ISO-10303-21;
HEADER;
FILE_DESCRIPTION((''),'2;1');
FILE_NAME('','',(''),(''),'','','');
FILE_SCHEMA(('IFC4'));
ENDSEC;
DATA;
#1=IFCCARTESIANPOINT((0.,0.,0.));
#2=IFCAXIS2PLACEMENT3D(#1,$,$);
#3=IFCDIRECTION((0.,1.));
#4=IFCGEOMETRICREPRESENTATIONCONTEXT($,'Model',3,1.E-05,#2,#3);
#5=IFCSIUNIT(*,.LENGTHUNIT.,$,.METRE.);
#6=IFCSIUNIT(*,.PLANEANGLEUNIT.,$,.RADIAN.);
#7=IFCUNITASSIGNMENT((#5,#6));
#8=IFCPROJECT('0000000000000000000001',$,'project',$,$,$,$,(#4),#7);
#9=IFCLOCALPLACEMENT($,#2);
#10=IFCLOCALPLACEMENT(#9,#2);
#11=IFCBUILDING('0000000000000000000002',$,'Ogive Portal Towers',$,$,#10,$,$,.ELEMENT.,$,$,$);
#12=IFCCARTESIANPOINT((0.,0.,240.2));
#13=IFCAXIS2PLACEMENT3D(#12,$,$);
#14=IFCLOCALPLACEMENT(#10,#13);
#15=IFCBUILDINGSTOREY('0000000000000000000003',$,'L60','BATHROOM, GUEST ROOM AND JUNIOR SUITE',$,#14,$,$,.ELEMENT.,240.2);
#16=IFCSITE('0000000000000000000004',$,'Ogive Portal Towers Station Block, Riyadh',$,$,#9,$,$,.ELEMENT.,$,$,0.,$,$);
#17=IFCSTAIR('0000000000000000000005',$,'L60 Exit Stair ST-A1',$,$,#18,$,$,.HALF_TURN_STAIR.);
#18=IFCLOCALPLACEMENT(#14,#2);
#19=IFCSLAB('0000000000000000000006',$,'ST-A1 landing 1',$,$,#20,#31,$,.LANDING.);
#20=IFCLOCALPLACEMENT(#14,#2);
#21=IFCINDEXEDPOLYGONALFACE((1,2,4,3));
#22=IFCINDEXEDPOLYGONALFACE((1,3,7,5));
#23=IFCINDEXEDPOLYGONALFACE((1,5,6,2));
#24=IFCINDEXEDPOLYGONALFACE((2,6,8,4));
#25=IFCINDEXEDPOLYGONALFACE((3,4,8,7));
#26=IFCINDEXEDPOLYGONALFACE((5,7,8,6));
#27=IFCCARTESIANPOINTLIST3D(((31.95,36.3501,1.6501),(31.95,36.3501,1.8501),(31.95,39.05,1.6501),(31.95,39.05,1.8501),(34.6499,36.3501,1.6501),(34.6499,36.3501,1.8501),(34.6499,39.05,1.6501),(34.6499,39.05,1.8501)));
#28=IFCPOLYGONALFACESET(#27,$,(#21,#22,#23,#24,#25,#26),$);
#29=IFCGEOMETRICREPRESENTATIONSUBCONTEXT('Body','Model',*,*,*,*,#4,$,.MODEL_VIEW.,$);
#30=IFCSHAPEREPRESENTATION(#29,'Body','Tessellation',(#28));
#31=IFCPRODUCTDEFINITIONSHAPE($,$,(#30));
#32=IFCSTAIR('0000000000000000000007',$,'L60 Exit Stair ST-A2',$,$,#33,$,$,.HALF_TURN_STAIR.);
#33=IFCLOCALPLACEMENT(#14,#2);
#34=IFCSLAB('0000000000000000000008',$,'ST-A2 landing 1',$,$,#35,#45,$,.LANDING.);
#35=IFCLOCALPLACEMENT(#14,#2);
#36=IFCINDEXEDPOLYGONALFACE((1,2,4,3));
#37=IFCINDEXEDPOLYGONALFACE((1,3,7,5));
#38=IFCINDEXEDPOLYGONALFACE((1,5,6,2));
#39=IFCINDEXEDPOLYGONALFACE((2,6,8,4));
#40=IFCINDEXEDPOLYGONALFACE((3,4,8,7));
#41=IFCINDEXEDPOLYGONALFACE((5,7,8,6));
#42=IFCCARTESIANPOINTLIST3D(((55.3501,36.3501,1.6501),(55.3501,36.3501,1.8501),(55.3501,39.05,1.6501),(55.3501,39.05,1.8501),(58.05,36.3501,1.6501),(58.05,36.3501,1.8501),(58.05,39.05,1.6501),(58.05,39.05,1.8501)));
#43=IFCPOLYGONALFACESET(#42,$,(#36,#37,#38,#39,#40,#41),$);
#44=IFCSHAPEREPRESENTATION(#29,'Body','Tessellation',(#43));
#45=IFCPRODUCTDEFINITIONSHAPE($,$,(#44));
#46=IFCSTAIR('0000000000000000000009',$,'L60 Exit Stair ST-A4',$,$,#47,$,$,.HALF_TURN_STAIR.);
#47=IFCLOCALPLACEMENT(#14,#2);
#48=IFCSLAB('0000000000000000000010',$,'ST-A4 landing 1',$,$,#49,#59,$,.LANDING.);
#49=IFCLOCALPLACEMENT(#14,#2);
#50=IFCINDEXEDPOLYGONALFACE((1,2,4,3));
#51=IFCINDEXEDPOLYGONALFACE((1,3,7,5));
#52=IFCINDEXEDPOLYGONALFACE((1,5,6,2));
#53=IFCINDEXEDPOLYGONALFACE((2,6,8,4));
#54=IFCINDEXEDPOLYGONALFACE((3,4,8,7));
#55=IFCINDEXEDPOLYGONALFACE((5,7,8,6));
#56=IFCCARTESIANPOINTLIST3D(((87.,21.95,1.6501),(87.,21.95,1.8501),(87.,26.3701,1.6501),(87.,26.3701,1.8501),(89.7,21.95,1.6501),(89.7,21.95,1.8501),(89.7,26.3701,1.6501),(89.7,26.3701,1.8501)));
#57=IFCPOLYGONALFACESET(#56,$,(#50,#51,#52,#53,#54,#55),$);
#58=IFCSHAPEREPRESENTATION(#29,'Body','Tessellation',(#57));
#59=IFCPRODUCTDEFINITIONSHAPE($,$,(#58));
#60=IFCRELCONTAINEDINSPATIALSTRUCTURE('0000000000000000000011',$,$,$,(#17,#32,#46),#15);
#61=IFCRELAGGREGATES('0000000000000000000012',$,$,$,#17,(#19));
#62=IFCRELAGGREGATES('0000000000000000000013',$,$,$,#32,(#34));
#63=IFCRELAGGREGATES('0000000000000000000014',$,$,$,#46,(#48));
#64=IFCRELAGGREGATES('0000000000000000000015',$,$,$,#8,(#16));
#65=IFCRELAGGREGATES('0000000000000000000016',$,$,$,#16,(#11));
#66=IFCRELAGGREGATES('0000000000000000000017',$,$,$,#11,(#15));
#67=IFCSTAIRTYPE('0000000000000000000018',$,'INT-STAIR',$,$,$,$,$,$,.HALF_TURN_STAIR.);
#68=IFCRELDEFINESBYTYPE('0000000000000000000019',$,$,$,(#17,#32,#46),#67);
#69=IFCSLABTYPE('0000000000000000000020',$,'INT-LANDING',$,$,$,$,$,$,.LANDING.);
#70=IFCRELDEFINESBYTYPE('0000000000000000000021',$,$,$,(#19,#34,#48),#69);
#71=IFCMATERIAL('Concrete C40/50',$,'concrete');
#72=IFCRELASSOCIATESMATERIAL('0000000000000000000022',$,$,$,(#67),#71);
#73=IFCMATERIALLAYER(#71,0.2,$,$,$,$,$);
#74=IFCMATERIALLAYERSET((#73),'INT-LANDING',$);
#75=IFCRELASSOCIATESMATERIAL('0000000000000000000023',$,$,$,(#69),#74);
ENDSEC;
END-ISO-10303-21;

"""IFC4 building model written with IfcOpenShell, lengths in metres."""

from ifc_helpers import new_model, si_unit, direction, frame, origin, place, context, subcontext, project, spatial, polyline, outline, extrude, material, layer, layer_set, type_object, element, aggregate, save


model = new_model("IFC4")

# Units and contexts
model_context = context("Model", 3, precision=1e-05, world=origin(), true_north=direction((0.0, 1.0)))
body_context = subcontext(model_context, "Body", "Model", "MODEL_VIEW")
ifc_project = project(units=[si_unit("LENGTHUNIT", "METRE"), si_unit("PLANEANGLEUNIT", "RADIAN")], contexts=[model_context])

# Site, building, storey
site_placement = place(None, origin())
site = spatial("IfcSite", under=ifc_project, at=site_placement, Name="Ogive Portal Towers Station Block, Riyadh", CompositionType="ELEMENT", RefElevation=0.0)
building_placement = place(site_placement, origin())
building = spatial("IfcBuilding", under=site, at=building_placement, Name="Ogive Portal Towers", CompositionType="ELEMENT")
storey_placement = place(building_placement, frame((0.0, 0.0, 240.2)))
storey = spatial("IfcBuildingStorey", under=building, at=storey_placement, Name="L60", Description="BATHROOM, GUEST ROOM AND JUNIOR SUITE", CompositionType="ELEMENT", Elevation=240.2)

# Stairs, slabs
ifc_material_1 = material(Name="Concrete C40/50", Category="concrete")
stair_type = type_object("IfcStairType", Name="INT-STAIR", PredefinedType="HALF_TURN_STAIR", material=ifc_material_1)
stair_1_placement = place(storey_placement, origin())
stair_1 = element("IfcStair", 1, at=stair_1_placement, inside=storey, type_object=stair_type, Name="L60 Exit Stair ST-A1", PredefinedType="HALF_TURN_STAIR")
ifc_layer_1 = layer(ifc_material_1, 0.2)
ifc_layer_set_1 = layer_set([ifc_layer_1], Name="INT-LANDING")
slab_type_1 = type_object("IfcSlabType", Name="INT-LANDING", PredefinedType="LANDING", material=ifc_layer_set_1)
slab_1_placement = place(storey_placement, frame((0.0, 0.0, 1.6501)))
slab_1 = element("IfcSlab", 2, at=slab_1_placement, type_object=slab_type_1, Name="ST-A1 landing 1", PredefinedType="LANDING", context=body_context, shape_type="SweptSolid", body=[
    extrude(outline(polyline([(34.6499, 39.05), (31.95, 39.05), (31.95, 36.3501), (34.6499, 36.3501), (34.6499, 39.05)])), origin(), (0.0, 0.0, 1.0), 0.2),
])
aggregate(stair_1, [slab_1])
stair_2_placement = place(storey_placement, origin())
stair_2 = element("IfcStair", 3, at=stair_2_placement, inside=storey, type_object=stair_type, Name="L60 Exit Stair ST-A2", PredefinedType="HALF_TURN_STAIR")
slab_2_placement = place(storey_placement, frame((0.0, 0.0, 1.6501)))
slab_2 = element("IfcSlab", 4, at=slab_2_placement, type_object=slab_type_1, Name="ST-A2 landing 1", PredefinedType="LANDING", context=body_context, shape_type="SweptSolid", body=[
    extrude(outline(polyline([(55.3501, 36.3501), (58.05, 36.3501), (58.05, 39.05), (55.3501, 39.05), (55.3501, 36.3501)])), origin(), (0.0, 0.0, 1.0), 0.2),
])
aggregate(stair_2, [slab_2])
stair_3_placement = place(storey_placement, origin())
stair_3 = element("IfcStair", 5, at=stair_3_placement, inside=storey, type_object=stair_type, Name="L60 Exit Stair ST-A4", PredefinedType="HALF_TURN_STAIR")
slab_3_placement = place(storey_placement, frame((0.0, 0.0, 1.6501)))
slab_3 = element("IfcSlab", 6, at=slab_3_placement, type_object=slab_type_1, Name="ST-A4 landing 1", PredefinedType="LANDING", context=body_context, shape_type="SweptSolid", body=[
    extrude(outline(polyline([(87.0, 26.3701), (87.0, 21.95), (89.7, 21.95), (89.7, 26.3701), (87.0, 26.3701)])), origin(), (0.0, 0.0, 1.0), 0.2),
])
aggregate(stair_3, [slab_3])

save(model, "model.ifc")
